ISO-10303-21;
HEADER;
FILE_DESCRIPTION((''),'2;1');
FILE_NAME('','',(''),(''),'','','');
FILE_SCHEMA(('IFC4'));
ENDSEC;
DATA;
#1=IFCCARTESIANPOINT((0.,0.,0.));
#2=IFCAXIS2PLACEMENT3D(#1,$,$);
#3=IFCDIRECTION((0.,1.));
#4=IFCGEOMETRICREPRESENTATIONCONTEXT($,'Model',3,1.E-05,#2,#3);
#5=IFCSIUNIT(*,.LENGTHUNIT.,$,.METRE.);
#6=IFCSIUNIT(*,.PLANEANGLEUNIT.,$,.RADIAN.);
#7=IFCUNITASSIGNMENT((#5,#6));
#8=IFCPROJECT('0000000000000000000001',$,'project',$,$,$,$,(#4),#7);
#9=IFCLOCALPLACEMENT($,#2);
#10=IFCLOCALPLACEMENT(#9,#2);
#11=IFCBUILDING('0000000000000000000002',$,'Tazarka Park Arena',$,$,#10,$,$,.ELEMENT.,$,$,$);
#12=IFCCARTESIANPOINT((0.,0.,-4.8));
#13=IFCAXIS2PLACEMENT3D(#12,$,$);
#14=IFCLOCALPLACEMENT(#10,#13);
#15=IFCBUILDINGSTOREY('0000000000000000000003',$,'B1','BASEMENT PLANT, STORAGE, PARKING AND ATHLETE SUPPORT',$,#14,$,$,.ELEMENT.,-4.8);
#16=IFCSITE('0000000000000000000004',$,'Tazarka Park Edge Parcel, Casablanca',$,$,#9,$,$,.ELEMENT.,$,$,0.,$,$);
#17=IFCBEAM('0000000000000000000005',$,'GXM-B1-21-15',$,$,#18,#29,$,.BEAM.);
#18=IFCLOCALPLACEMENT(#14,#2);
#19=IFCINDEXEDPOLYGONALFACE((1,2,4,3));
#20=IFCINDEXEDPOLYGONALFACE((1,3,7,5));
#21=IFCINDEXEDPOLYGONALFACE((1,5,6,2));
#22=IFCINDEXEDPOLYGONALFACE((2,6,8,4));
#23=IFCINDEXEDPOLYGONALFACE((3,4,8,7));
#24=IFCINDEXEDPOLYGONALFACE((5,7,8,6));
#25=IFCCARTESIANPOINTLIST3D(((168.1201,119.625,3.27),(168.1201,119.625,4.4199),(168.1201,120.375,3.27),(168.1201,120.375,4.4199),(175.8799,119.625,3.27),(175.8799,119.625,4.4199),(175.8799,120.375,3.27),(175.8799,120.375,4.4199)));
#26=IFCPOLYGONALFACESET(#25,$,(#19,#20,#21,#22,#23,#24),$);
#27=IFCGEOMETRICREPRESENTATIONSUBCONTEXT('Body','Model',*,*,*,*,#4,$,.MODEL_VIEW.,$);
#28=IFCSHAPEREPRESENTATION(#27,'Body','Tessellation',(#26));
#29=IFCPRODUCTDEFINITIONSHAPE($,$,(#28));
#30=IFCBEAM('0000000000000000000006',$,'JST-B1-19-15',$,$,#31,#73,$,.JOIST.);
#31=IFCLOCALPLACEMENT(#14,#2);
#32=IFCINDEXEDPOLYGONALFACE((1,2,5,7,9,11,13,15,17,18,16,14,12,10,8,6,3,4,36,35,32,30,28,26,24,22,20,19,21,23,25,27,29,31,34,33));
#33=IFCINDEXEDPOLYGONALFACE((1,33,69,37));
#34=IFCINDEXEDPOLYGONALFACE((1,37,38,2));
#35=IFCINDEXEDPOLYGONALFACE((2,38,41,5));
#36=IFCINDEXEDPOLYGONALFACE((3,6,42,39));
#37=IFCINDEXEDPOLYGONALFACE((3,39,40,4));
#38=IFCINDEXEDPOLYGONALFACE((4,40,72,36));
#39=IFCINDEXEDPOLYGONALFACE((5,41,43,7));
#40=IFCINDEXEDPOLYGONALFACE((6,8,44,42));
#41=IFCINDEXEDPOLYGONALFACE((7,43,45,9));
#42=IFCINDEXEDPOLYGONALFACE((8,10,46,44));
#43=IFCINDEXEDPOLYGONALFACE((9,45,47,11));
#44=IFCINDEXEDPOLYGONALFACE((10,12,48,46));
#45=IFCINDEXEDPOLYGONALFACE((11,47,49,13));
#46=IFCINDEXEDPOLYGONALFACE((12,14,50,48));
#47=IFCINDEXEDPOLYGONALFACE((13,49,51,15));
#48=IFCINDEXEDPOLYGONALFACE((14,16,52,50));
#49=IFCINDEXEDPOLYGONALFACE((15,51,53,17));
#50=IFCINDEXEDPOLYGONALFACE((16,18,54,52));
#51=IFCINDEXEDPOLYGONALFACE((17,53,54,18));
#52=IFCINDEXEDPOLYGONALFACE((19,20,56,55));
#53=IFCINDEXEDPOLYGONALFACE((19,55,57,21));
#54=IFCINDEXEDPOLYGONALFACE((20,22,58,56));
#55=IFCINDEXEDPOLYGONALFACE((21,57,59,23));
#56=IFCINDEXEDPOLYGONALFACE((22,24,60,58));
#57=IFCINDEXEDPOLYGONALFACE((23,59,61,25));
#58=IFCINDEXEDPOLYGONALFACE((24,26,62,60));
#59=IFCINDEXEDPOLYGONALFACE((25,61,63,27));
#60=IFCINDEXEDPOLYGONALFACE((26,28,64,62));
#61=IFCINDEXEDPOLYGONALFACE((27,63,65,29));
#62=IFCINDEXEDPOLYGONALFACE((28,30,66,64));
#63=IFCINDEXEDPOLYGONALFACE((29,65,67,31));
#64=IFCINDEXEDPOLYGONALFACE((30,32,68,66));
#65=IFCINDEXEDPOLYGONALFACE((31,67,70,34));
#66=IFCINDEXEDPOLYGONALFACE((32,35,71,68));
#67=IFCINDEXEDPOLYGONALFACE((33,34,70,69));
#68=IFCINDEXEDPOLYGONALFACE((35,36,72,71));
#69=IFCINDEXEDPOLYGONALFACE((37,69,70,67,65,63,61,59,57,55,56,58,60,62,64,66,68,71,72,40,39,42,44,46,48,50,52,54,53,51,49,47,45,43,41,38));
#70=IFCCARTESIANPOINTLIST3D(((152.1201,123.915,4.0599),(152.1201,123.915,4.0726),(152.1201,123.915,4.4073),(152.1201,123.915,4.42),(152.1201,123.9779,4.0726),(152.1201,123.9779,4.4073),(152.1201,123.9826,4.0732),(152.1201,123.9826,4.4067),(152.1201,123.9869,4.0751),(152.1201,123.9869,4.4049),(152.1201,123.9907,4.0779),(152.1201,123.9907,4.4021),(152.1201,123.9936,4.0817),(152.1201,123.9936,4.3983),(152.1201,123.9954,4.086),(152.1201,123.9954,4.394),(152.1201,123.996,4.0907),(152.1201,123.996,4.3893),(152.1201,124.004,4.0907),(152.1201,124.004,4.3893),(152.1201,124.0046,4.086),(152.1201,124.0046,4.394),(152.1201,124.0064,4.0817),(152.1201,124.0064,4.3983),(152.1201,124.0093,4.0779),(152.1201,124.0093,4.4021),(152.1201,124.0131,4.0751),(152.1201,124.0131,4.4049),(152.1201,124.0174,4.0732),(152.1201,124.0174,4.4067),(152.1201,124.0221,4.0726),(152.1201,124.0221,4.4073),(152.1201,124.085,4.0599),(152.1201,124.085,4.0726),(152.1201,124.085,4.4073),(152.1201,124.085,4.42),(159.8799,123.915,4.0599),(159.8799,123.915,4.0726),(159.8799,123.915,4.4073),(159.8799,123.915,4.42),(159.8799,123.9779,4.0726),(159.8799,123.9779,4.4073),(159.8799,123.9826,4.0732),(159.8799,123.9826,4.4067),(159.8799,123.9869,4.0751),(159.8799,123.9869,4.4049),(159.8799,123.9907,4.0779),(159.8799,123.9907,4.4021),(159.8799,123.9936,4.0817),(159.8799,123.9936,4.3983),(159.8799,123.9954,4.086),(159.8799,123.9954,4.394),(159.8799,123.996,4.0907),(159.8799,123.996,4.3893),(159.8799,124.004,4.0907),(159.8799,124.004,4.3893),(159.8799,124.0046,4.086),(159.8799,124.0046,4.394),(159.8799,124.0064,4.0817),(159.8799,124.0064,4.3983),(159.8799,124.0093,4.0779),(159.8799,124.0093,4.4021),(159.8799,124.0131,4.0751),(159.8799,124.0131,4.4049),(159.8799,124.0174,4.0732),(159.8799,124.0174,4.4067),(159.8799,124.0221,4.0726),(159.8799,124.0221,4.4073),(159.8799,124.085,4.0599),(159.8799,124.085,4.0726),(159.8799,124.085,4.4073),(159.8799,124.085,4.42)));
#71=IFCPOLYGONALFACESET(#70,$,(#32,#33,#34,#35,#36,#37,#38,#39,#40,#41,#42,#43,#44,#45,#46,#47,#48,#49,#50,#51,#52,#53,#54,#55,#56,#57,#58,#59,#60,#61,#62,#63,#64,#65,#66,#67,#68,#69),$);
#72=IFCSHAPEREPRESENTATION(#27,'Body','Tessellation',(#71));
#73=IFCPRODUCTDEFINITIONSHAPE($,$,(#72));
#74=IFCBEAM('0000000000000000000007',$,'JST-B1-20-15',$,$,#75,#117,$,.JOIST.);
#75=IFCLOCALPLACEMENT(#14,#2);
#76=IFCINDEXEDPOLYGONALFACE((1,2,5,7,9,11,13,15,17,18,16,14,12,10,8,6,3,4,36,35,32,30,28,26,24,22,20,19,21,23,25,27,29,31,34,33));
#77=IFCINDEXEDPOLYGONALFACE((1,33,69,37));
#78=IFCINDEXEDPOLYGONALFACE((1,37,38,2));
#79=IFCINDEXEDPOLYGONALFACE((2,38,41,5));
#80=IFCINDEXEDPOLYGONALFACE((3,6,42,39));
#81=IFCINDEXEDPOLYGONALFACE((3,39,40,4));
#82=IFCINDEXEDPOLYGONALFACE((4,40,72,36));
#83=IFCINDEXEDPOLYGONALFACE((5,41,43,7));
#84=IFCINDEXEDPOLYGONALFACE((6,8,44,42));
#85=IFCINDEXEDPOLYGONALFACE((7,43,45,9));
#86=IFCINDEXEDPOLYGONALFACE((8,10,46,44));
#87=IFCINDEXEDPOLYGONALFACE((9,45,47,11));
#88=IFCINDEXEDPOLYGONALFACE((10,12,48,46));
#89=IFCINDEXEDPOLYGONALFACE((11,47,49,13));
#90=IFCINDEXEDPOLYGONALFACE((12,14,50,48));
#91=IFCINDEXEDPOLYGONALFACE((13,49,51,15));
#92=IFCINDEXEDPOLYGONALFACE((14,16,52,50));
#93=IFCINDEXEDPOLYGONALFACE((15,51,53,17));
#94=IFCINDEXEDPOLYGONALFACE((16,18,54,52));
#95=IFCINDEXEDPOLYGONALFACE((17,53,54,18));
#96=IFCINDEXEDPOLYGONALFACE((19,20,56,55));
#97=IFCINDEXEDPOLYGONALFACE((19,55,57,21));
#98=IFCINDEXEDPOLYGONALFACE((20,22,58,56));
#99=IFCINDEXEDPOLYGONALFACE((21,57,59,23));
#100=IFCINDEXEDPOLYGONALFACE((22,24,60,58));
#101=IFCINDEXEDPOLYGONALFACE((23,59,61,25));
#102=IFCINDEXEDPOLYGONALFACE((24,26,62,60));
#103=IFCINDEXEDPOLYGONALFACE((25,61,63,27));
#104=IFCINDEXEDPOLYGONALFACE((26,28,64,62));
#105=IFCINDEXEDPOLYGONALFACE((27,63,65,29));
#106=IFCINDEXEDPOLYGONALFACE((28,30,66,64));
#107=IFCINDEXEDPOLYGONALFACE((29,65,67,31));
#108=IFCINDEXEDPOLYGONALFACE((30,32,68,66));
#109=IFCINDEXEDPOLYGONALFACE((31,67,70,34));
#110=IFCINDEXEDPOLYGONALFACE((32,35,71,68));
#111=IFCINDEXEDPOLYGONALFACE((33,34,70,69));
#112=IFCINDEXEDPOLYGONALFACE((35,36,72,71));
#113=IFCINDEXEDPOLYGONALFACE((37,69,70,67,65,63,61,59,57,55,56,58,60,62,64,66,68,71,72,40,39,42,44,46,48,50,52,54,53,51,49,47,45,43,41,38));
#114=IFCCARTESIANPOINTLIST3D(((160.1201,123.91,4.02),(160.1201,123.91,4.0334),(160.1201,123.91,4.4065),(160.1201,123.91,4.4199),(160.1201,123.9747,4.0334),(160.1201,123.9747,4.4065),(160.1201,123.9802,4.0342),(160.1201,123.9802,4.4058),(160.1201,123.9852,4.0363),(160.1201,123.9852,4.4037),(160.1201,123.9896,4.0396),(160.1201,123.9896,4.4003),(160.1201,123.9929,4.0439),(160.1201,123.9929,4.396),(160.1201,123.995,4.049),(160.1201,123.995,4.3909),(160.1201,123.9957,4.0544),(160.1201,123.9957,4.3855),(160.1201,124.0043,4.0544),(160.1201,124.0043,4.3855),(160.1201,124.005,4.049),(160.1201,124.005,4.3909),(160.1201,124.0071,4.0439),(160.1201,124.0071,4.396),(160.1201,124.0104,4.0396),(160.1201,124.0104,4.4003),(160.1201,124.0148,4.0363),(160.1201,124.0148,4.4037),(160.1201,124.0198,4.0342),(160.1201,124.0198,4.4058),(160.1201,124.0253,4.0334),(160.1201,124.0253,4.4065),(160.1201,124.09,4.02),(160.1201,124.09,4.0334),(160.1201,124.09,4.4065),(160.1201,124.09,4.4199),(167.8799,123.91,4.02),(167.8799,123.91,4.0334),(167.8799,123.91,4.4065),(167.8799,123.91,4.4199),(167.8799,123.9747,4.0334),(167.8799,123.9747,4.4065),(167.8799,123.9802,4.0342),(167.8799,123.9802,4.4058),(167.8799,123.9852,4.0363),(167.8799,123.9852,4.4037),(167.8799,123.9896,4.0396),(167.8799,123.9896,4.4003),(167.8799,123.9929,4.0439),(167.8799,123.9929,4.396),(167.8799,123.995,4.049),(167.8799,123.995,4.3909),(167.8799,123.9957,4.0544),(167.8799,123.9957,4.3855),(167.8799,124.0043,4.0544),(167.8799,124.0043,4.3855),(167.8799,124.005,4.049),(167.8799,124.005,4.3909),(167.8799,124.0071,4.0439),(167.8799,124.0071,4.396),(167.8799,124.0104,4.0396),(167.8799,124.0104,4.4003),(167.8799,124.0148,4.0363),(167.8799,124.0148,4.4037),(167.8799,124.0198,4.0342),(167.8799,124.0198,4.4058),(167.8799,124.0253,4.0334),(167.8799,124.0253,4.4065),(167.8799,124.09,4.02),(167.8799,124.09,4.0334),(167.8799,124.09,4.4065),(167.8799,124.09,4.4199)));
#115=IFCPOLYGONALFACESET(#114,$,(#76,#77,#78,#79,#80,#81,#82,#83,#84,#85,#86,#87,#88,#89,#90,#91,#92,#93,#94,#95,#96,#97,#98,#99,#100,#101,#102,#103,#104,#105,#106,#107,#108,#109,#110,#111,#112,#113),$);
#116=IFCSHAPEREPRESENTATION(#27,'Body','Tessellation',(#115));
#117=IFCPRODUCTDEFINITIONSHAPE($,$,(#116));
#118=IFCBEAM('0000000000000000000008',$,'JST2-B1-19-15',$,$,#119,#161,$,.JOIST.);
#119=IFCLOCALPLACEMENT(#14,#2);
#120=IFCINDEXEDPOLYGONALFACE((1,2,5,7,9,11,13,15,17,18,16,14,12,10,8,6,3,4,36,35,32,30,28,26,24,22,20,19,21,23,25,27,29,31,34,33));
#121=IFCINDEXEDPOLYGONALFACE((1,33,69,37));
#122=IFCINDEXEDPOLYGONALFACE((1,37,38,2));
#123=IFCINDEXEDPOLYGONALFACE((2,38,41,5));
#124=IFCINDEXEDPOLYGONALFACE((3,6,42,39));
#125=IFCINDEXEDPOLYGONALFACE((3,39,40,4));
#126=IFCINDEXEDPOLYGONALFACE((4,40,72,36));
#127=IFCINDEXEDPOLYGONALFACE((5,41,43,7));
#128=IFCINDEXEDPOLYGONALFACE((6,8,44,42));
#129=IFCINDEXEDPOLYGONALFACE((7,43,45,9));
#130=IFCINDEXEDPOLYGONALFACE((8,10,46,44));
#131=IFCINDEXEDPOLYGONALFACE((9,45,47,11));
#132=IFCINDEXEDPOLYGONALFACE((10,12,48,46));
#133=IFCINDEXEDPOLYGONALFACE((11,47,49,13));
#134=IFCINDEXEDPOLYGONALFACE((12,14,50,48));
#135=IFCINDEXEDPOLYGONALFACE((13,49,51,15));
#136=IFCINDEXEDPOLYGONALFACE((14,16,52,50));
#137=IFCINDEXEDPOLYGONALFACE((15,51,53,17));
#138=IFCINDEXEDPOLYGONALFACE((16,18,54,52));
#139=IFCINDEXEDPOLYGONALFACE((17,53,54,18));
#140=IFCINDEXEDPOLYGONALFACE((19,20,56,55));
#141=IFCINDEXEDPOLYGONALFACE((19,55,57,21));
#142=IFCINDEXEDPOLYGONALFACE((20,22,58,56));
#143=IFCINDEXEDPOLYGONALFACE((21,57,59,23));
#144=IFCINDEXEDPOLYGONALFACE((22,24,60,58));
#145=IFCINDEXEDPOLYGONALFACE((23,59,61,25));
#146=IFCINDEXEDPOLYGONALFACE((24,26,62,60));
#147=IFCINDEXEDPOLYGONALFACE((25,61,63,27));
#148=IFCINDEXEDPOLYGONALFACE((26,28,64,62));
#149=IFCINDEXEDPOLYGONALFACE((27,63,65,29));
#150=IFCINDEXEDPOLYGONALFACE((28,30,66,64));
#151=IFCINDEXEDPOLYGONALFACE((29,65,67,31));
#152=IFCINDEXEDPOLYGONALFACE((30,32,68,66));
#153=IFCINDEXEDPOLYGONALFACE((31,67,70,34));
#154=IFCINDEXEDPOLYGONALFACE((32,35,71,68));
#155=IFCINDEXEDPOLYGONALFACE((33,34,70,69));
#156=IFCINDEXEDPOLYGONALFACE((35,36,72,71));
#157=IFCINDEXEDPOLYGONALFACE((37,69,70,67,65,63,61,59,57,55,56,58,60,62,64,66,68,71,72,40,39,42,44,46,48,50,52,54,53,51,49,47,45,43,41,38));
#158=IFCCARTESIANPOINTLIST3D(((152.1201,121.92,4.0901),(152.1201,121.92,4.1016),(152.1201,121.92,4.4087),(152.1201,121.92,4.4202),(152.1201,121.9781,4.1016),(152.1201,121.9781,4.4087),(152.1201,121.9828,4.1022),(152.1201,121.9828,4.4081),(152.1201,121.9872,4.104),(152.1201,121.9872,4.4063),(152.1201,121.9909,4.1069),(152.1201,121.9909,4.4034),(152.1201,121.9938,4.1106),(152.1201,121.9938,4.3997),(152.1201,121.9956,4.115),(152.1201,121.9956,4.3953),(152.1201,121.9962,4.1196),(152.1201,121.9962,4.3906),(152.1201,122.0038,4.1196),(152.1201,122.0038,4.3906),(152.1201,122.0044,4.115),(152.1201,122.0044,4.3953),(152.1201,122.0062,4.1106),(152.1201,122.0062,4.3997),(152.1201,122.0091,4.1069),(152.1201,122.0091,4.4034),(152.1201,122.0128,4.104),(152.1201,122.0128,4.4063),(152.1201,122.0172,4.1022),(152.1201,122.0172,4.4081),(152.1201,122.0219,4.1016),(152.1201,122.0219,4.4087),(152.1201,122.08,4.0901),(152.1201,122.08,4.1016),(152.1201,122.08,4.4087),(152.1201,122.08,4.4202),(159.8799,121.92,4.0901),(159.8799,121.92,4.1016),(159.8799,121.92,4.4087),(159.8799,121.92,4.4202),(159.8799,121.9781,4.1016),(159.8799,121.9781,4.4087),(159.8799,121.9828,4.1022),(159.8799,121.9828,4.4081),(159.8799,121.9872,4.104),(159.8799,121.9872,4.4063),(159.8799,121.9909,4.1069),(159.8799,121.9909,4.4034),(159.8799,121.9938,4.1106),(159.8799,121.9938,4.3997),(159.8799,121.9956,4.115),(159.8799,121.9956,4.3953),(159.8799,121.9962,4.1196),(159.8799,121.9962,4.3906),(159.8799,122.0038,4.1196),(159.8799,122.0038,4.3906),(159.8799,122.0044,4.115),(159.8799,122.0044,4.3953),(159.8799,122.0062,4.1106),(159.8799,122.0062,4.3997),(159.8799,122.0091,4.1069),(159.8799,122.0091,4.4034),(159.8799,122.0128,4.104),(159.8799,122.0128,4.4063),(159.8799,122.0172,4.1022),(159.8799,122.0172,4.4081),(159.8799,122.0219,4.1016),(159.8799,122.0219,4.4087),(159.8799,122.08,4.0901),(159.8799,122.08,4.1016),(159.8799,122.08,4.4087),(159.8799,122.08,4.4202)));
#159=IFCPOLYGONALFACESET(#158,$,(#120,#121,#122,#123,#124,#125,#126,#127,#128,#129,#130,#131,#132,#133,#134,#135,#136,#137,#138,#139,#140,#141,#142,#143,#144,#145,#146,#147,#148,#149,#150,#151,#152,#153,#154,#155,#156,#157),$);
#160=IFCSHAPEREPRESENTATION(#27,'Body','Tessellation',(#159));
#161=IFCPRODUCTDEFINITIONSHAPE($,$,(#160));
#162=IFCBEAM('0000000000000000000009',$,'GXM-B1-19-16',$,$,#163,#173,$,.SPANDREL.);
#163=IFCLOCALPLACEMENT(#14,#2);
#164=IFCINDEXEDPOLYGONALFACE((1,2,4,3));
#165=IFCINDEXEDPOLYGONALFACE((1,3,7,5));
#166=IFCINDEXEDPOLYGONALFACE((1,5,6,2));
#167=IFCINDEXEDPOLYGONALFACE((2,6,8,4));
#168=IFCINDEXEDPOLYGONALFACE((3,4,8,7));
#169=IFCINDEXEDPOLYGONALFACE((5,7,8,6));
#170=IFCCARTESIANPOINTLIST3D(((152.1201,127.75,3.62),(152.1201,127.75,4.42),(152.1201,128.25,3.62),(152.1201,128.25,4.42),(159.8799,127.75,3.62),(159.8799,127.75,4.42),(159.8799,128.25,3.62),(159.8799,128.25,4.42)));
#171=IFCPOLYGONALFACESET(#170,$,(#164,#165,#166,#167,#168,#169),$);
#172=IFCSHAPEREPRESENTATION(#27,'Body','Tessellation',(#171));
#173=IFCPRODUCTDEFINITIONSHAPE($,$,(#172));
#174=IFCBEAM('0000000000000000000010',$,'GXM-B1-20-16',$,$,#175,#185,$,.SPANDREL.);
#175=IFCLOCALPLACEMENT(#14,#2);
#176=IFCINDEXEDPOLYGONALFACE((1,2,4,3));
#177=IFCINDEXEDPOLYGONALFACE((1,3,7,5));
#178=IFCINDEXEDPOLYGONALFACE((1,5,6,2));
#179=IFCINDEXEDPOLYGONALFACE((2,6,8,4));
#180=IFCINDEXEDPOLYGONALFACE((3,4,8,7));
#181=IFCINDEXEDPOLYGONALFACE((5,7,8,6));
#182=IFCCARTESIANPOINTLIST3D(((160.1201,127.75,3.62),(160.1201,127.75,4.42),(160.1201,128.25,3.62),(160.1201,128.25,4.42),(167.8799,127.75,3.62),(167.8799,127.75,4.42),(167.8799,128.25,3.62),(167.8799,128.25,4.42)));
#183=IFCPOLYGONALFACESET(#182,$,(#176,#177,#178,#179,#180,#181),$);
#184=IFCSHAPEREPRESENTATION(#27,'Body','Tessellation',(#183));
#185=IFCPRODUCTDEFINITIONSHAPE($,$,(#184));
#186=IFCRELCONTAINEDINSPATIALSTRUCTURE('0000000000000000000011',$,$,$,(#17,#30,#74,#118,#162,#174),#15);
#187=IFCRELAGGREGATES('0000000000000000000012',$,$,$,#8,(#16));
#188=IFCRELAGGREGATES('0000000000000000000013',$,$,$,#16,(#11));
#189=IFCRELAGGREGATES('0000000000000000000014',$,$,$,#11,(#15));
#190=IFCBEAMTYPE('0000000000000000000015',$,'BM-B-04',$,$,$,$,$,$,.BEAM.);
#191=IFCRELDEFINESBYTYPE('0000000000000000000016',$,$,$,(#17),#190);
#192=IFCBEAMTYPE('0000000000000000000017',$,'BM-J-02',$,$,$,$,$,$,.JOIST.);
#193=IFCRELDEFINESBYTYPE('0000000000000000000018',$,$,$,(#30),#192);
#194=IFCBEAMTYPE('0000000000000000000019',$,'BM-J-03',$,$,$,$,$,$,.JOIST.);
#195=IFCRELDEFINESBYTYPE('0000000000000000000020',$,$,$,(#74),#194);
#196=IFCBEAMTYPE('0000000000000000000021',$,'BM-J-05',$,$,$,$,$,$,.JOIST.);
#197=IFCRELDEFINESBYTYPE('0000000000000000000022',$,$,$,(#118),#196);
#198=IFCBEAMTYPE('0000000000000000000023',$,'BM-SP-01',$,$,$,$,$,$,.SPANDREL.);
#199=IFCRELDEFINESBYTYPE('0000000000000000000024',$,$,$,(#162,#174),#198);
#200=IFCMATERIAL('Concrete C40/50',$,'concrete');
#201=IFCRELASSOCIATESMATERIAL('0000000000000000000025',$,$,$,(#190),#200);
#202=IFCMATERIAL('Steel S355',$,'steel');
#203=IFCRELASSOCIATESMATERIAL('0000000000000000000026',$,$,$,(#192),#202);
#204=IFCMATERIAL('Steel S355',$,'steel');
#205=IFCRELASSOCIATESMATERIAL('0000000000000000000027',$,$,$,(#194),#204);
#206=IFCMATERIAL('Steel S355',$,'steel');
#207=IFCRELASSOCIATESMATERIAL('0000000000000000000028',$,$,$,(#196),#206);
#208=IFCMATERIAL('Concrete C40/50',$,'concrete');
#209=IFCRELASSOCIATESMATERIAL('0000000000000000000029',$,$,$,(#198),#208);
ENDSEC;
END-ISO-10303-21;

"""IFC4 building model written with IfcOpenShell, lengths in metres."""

from ifc_helpers import new_model, si_unit, direction, frame, origin, origin_2d, place, context, subcontext, project, spatial, rectangle, i_section, extrude, material, material_profile, profile_set, type_object, element, save


model = new_model("IFC4")

# Units and contexts
model_context = context("Model", 3, precision=1e-05, world=origin(), true_north=direction((0.0, 1.0)))
body_context = subcontext(model_context, "Body", "Model", "MODEL_VIEW")
ifc_project = project(units=[si_unit("LENGTHUNIT", "METRE"), si_unit("PLANEANGLEUNIT", "RADIAN")], contexts=[model_context])

# Site, building, storey
site_placement = place(None, origin())
site = spatial("IfcSite", under=ifc_project, at=site_placement, Name="Tazarka Park Edge Parcel, Casablanca", CompositionType="ELEMENT", RefElevation=0.0)
building_placement = place(site_placement, origin())
building = spatial("IfcBuilding", under=site, at=building_placement, Name="Tazarka Park Arena", CompositionType="ELEMENT")
storey_placement = place(building_placement, frame((0.0, 0.0, -4.8)))
storey = spatial("IfcBuildingStorey", under=building, at=storey_placement, Name="B1", Description="BASEMENT PLANT, STORAGE, PARKING AND ATHLETE SUPPORT", CompositionType="ELEMENT", Elevation=-4.8)

# Beams
ifc_material_1 = material(Name="Concrete C40/50", Category="concrete")
ifc_material_profile_1 = material_profile(ifc_material_1, rectangle(XDim=0.75, YDim=1.1499, at=origin_2d()), Name="Concrete C40/50")
ifc_profile_set_1 = profile_set([ifc_material_profile_1], Name="Concrete C40/50")
beam_type_1 = type_object("IfcBeamType", Name="BM-B-04", PredefinedType="BEAM", material=ifc_profile_set_1)
for number, where, z_axis, x_axis, name in (
    (1, (168.1201, 120.0, 3.845), (1.0, 0.0, 0.0), (0.0, 1.0, 0.0), "GXM-B1-21-15"),
):
    element("IfcBeam", number, at=place(storey_placement, frame(where, z_axis=z_axis, x_axis=x_axis)), inside=storey, type_object=beam_type_1, Name=name, PredefinedType="BEAM", context=body_context, shape_type="SweptSolid", body=[
        extrude(rectangle(XDim=0.75, YDim=1.1499, at=origin_2d()), origin(), (0.0, 0.0, 1.0), 7.7598),
    ])
ifc_material_2 = material(Name="Steel S355", Category="steel")
ifc_material_profile_2 = material_profile(ifc_material_2, i_section(OverallWidth=0.1699, OverallDepth=0.3601, WebThickness=0.0081, FlangeThickness=0.0127, FilletRadius=0.0181, at=origin_2d()), Name="Steel S355")
ifc_profile_set_2 = profile_set([ifc_material_profile_2], Name="Steel S355")
beam_type_2 = type_object("IfcBeamType", Name="BM-J-02", PredefinedType="JOIST", material=ifc_profile_set_2)
beam_1_placement = place(storey_placement, frame((152.1201, 124.0, 4.24), z_axis=(1.0, 0.0, 0.0), x_axis=(0.0, 1.0, 0.0)))
element("IfcBeam", 2, at=beam_1_placement, inside=storey, type_object=beam_type_2, Name="JST-B1-19-15", PredefinedType="JOIST", context=body_context, shape_type="SweptSolid", body=[
    extrude(i_section(OverallWidth=0.1699, OverallDepth=0.3601, WebThickness=0.0081, FlangeThickness=0.0127, FilletRadius=0.0181, at=origin_2d()), origin(), (0.0, 0.0, 1.0), 7.7598),
])
ifc_material_3 = material(Name="Steel S355", Category="steel")
ifc_material_profile_3 = material_profile(ifc_material_3, i_section(OverallWidth=0.1799, OverallDepth=0.3999, WebThickness=0.0085, FlangeThickness=0.0134, FilletRadius=0.021, at=origin_2d()), Name="Steel S355")
ifc_profile_set_3 = profile_set([ifc_material_profile_3], Name="Steel S355")
beam_type_3 = type_object("IfcBeamType", Name="BM-J-03", PredefinedType="JOIST", material=ifc_profile_set_3)
beam_2_placement = place(storey_placement, frame((160.1201, 124.0, 4.22), z_axis=(1.0, 0.0, 0.0), x_axis=(0.0, 1.0, 0.0)))
element("IfcBeam", 3, at=beam_2_placement, inside=storey, type_object=beam_type_3, Name="JST-B1-20-15", PredefinedType="JOIST", context=body_context, shape_type="SweptSolid", body=[
    extrude(i_section(OverallWidth=0.1799, OverallDepth=0.3999, WebThickness=0.0085, FlangeThickness=0.0134, FilletRadius=0.021, at=origin_2d()), origin(), (0.0, 0.0, 1.0), 7.7598),
])
ifc_material_4 = material(Name="Steel S355", Category="steel")
ifc_material_profile_4 = material_profile(ifc_material_4, i_section(OverallWidth=0.1599, OverallDepth=0.3301, WebThickness=0.0076, FlangeThickness=0.0115, FilletRadius=0.0181, at=origin_2d()), Name="Steel S355")
ifc_profile_set_4 = profile_set([ifc_material_profile_4], Name="Steel S355")
beam_type_4 = type_object("IfcBeamType", Name="BM-J-05", PredefinedType="JOIST", material=ifc_profile_set_4)
beam_3_placement = place(storey_placement, frame((152.1201, 122.0, 4.2551), z_axis=(1.0, 0.0, 0.0), x_axis=(0.0, 1.0, 0.0)))
element("IfcBeam", 4, at=beam_3_placement, inside=storey, type_object=beam_type_4, Name="JST2-B1-19-15", PredefinedType="JOIST", context=body_context, shape_type="SweptSolid", body=[
    extrude(i_section(OverallWidth=0.1599, OverallDepth=0.3301, WebThickness=0.0076, FlangeThickness=0.0115, FilletRadius=0.0181, at=origin_2d()), origin(), (0.0, 0.0, 1.0), 7.7598),
])
ifc_material_5 = material(Name="Concrete C40/50", Category="concrete")
ifc_material_profile_5 = material_profile(ifc_material_5, rectangle(XDim=0.5, YDim=0.8, at=origin_2d()), Name="Concrete C40/50")
ifc_profile_set_5 = profile_set([ifc_material_profile_5], Name="Concrete C40/50")
beam_type_5 = type_object("IfcBeamType", Name="BM-SP-01", PredefinedType="SPANDREL", material=ifc_profile_set_5)
for number, where, z_axis, x_axis, name in (
    (5, (152.1201, 128.0, 4.02), (1.0, 0.0, 0.0), (0.0, 1.0, 0.0), "GXM-B1-19-16"),
    (6, (160.1201, 128.0, 4.02), (1.0, 0.0, 0.0), (0.0, 1.0, 0.0), "GXM-B1-20-16"),
):
    element("IfcBeam", number, at=place(storey_placement, frame(where, z_axis=z_axis, x_axis=x_axis)), inside=storey, type_object=beam_type_5, Name=name, PredefinedType="SPANDREL", context=body_context, shape_type="SweptSolid", body=[
        extrude(rectangle(XDim=0.5, YDim=0.8, at=origin_2d()), origin(), (0.0, 0.0, 1.0), 7.7598),
    ])

save(model, "model.ifc")
